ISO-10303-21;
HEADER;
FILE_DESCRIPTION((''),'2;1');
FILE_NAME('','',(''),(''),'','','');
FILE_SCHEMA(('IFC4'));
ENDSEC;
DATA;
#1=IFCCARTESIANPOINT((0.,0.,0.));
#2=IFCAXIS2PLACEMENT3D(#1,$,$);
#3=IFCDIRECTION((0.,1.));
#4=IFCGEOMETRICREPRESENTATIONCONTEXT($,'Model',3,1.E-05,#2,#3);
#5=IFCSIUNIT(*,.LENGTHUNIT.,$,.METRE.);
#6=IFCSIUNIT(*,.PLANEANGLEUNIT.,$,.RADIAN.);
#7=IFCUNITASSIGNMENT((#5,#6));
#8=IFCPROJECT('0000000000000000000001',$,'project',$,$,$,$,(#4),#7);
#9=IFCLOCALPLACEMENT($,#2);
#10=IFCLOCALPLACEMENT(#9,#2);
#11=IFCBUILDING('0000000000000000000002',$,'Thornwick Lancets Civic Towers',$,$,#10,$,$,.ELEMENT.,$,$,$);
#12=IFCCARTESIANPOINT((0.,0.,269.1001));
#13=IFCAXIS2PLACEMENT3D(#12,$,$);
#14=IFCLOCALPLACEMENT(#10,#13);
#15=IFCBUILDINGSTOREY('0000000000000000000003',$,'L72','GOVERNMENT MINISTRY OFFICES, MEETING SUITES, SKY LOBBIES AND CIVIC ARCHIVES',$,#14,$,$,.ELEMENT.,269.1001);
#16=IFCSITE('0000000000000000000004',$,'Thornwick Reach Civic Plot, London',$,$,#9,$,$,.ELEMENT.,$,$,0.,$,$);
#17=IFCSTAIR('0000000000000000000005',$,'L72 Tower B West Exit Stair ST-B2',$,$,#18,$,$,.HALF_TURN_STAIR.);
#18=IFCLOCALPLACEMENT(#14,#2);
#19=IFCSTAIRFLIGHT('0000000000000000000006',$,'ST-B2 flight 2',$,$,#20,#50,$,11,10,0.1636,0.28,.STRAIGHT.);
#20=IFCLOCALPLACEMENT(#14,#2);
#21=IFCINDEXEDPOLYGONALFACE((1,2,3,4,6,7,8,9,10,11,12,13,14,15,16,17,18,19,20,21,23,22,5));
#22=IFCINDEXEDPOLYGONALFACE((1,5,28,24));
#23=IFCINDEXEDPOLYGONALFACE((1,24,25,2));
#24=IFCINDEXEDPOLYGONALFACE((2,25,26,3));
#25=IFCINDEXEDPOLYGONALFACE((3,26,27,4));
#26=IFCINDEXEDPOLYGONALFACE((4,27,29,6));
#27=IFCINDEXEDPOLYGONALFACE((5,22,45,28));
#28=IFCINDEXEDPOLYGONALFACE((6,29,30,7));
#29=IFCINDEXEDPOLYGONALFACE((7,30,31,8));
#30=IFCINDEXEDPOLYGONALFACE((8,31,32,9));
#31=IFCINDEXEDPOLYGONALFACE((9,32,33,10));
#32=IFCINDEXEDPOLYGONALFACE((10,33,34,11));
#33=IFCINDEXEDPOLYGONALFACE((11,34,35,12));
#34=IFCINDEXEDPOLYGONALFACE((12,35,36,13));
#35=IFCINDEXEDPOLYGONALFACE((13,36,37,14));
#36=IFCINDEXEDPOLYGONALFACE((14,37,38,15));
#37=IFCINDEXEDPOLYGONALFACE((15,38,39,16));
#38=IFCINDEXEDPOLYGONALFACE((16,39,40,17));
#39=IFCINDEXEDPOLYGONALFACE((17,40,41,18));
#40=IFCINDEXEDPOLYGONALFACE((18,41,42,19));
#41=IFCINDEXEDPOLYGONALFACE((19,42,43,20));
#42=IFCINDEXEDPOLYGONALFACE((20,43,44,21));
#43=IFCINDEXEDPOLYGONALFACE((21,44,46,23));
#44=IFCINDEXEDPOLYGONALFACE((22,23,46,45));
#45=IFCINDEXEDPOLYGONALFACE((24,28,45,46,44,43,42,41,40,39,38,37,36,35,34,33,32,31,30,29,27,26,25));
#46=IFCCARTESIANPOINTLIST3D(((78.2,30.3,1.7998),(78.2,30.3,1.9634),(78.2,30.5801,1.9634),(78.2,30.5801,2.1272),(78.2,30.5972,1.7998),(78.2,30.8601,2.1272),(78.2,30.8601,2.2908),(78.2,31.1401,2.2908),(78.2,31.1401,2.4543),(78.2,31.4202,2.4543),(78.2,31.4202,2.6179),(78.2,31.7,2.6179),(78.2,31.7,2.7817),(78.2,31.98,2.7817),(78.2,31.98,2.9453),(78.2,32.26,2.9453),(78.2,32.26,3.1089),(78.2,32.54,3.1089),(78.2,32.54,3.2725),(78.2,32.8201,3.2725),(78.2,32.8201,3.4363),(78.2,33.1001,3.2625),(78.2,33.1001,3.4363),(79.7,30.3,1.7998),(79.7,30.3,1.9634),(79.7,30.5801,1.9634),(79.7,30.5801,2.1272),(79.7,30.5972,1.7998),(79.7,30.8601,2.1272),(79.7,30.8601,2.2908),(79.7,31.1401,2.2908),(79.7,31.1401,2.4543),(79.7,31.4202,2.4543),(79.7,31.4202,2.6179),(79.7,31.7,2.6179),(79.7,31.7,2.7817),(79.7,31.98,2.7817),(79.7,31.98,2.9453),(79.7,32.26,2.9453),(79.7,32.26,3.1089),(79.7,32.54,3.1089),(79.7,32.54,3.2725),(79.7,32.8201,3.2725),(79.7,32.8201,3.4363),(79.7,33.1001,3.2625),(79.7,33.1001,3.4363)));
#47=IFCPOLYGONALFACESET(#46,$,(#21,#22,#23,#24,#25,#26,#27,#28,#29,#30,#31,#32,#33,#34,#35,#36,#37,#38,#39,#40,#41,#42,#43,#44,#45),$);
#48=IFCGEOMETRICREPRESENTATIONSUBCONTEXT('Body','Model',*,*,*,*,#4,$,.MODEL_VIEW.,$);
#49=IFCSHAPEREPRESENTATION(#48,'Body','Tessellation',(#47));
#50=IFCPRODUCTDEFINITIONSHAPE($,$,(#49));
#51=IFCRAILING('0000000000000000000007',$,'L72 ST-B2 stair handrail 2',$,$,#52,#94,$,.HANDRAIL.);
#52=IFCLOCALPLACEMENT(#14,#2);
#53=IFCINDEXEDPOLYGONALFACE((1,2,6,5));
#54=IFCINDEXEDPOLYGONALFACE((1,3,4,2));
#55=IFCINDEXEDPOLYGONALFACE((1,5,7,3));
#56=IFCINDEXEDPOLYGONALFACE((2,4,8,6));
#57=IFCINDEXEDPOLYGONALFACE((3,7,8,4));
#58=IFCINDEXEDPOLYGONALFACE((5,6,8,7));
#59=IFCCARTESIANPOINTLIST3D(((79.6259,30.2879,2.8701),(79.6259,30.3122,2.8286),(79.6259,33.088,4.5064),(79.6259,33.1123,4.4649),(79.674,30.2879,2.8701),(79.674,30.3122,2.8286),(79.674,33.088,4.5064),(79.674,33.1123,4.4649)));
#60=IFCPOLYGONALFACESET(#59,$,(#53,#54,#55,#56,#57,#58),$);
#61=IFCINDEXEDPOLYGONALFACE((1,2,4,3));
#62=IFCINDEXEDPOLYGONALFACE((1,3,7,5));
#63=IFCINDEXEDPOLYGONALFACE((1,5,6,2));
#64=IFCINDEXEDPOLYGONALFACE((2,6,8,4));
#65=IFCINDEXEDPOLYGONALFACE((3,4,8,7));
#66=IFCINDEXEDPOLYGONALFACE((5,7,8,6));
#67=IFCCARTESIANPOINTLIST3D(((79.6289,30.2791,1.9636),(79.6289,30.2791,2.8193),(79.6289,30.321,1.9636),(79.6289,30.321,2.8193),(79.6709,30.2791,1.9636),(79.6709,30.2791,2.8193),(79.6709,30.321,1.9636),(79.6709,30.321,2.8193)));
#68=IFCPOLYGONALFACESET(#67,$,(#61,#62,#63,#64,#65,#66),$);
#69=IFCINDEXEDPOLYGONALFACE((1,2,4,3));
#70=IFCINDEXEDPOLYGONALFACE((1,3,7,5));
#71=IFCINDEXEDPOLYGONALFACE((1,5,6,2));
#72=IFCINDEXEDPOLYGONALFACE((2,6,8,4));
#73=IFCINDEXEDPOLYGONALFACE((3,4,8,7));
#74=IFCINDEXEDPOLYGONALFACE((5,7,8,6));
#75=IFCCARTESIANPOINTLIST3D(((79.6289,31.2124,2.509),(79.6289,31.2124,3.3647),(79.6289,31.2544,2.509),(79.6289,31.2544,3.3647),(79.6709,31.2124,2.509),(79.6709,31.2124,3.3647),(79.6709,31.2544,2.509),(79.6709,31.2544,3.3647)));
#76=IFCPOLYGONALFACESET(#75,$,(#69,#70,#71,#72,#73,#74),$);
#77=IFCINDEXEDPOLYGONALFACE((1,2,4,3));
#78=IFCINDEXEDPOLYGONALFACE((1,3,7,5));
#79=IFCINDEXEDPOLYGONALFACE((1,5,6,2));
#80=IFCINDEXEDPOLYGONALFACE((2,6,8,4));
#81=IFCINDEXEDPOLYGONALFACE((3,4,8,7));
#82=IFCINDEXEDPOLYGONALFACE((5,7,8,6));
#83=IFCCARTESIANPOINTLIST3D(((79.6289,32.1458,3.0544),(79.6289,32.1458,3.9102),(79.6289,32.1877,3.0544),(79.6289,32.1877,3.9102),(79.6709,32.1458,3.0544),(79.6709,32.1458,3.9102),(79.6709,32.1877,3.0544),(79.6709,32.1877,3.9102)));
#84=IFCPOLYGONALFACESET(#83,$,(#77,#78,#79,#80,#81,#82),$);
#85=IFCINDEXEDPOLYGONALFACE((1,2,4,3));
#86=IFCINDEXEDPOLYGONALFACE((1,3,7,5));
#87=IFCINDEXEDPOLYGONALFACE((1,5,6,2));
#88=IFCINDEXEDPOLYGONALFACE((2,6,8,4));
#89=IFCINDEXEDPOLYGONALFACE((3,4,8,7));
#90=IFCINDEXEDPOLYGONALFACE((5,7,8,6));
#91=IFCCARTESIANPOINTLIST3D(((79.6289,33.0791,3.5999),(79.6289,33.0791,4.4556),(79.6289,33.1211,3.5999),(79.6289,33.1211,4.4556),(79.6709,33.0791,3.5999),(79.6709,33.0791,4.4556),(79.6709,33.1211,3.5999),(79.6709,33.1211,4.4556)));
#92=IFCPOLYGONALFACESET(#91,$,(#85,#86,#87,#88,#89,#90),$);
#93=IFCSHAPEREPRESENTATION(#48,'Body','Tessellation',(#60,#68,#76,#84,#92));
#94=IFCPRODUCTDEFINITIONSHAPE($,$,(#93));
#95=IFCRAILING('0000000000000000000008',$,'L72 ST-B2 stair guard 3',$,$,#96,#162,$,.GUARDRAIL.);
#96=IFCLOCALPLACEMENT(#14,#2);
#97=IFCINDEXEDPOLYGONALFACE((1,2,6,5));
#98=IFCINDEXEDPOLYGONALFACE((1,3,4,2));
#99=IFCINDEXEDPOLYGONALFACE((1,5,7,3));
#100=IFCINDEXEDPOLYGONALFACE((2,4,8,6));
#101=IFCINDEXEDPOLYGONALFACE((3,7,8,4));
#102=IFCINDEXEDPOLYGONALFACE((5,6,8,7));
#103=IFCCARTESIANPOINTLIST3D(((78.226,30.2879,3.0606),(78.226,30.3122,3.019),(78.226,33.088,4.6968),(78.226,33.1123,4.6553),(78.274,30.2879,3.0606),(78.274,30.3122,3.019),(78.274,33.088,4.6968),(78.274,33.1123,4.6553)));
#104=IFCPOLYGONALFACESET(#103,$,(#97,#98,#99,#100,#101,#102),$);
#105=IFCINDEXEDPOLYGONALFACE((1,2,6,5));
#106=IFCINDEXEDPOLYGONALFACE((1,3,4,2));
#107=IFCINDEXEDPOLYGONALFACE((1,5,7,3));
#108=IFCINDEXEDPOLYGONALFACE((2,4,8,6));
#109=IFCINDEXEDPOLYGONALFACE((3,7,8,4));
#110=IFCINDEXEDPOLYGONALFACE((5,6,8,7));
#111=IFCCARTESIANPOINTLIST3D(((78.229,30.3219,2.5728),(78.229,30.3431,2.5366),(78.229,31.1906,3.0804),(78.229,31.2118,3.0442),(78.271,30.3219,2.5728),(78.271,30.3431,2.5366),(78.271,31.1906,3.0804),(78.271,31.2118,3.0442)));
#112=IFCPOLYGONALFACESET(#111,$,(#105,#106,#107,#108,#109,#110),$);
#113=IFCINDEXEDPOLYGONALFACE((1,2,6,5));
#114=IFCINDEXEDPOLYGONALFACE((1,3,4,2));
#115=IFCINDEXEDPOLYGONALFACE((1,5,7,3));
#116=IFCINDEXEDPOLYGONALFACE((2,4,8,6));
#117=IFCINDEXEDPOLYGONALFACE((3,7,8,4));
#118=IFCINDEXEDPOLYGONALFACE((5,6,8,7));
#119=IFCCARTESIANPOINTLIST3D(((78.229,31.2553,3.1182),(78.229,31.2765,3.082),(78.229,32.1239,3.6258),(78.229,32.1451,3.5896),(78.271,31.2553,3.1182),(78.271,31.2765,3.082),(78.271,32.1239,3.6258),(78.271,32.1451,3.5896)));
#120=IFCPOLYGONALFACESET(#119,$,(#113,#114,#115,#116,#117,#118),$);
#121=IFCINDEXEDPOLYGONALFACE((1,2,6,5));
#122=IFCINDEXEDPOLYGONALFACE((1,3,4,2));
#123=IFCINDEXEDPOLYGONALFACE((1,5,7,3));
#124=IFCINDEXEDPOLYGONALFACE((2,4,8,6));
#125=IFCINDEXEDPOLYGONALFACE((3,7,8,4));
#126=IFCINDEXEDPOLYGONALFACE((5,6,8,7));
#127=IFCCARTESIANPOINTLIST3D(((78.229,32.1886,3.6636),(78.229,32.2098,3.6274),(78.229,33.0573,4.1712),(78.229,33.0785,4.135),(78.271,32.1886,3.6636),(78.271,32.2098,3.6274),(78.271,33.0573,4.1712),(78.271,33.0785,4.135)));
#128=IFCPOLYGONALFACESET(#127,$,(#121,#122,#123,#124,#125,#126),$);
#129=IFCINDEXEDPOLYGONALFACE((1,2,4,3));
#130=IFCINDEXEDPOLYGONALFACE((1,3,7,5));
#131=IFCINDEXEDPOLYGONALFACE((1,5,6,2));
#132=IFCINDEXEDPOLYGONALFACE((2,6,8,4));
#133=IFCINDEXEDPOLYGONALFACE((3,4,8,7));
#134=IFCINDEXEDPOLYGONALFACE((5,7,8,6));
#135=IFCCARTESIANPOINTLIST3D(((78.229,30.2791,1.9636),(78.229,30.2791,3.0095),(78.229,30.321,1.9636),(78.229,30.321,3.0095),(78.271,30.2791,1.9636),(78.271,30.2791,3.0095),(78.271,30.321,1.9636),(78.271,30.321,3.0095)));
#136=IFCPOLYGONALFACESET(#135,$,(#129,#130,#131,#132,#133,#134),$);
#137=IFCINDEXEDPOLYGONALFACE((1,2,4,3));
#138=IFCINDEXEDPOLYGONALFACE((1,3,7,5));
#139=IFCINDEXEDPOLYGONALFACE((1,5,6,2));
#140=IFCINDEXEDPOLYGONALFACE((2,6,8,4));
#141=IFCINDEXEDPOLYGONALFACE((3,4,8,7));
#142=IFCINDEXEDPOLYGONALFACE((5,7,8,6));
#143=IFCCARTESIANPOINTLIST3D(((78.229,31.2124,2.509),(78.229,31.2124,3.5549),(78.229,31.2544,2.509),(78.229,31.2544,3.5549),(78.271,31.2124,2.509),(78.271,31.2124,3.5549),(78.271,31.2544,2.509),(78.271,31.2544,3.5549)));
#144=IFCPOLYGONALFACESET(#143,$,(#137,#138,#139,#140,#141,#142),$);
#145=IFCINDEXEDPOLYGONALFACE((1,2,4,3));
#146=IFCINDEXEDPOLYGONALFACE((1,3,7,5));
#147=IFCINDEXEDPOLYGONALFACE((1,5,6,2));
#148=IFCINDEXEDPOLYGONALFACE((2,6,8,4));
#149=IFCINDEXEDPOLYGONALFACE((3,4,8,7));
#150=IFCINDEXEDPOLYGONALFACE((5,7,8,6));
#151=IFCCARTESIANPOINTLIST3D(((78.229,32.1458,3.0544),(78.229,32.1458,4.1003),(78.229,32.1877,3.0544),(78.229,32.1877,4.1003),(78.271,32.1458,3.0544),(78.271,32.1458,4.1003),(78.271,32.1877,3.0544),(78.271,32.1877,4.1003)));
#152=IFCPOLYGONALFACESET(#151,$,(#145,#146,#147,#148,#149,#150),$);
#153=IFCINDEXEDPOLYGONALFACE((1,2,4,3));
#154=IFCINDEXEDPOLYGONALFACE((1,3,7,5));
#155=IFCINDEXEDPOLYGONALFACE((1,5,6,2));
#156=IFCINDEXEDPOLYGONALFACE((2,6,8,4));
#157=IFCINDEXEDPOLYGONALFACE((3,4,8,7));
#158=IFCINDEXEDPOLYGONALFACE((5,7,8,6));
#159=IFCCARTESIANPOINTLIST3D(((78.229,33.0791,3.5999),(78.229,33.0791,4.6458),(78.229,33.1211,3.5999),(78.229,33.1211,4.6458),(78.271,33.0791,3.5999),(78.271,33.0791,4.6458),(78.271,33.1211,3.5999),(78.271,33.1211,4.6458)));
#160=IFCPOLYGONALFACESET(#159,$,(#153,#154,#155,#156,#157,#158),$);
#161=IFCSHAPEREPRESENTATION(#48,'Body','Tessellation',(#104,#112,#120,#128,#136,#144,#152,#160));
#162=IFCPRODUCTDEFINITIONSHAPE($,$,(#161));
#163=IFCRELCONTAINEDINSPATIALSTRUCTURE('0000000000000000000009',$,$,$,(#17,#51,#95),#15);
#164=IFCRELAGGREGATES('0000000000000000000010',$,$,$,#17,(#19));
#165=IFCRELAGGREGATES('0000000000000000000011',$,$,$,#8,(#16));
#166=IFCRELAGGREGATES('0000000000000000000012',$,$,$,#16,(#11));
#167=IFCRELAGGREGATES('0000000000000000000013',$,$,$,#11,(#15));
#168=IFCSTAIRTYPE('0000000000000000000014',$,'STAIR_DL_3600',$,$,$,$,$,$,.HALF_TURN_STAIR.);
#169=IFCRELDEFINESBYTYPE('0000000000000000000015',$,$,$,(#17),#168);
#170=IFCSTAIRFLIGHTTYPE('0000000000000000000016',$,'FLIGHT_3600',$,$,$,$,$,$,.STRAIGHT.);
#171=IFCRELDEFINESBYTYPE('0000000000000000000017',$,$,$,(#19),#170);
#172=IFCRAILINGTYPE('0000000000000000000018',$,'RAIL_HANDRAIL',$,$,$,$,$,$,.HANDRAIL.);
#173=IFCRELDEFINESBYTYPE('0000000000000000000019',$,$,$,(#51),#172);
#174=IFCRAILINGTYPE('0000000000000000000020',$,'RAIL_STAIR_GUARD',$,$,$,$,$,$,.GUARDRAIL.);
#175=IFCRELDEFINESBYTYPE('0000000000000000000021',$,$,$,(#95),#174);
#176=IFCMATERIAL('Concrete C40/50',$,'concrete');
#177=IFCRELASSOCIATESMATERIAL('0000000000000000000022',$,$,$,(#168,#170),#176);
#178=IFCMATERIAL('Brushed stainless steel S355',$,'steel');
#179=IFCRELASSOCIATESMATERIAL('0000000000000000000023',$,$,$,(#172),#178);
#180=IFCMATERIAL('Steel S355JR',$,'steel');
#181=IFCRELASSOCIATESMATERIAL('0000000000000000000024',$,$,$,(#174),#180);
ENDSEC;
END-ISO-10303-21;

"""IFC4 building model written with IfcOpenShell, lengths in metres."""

from ifc_helpers import new_model, si_unit, direction, frame, origin, origin_2d, place, context, subcontext, project, spatial, polyline, rectangle, outline, extrude, material, type_object, element, aggregate, save


model = new_model("IFC4")

# Units and contexts
model_context = context("Model", 3, precision=1e-05, world=origin(), true_north=direction((0.0, 1.0)))
body_context = subcontext(model_context, "Body", "Model", "MODEL_VIEW")
ifc_project = project(units=[si_unit("LENGTHUNIT", "METRE"), si_unit("PLANEANGLEUNIT", "RADIAN")], contexts=[model_context])

# Site, building, storey
site_placement = place(None, origin())
site = spatial("IfcSite", under=ifc_project, at=site_placement, Name="Thornwick Reach Civic Plot, London", CompositionType="ELEMENT", RefElevation=0.0)
building_placement = place(site_placement, origin())
building = spatial("IfcBuilding", under=site, at=building_placement, Name="Thornwick Lancets Civic Towers", CompositionType="ELEMENT")
storey_placement = place(building_placement, frame((0.0, 0.0, 269.1001)))
storey = spatial("IfcBuildingStorey", under=building, at=storey_placement, Name="L72", Description="GOVERNMENT MINISTRY OFFICES, MEETING SUITES, SKY LOBBIES AND CIVIC ARCHIVES", CompositionType="ELEMENT", Elevation=269.1001)

# Shared definitions
ifc_material_1 = material(Name="Steel S355JR", Category="steel")

# Shared definitions
ifc_material_2 = material(Name="Concrete C40/50", Category="concrete")

# Stair, stair flight
stair_type = type_object("IfcStairType", Name="STAIR_DL_3600", PredefinedType="HALF_TURN_STAIR", material=ifc_material_2)
stair_placement = place(storey_placement, origin())
stair = element("IfcStair", 1, at=stair_placement, inside=storey, type_object=stair_type, Name="L72 Tower B West Exit Stair ST-B2", PredefinedType="HALF_TURN_STAIR")
stair_flight_type = type_object("IfcStairFlightType", Name="FLIGHT_3600", PredefinedType="STRAIGHT", material=ifc_material_2)
stair_flight_placement = place(storey_placement, frame((78.95, 30.3, 1.7998), z_axis=(0.0, 0.0, 1.0), x_axis=(0.0, 1.0, 0.0)))
stair_flight = element("IfcStairFlight", 2, at=stair_flight_placement, type_object=stair_flight_type, Name="ST-B2 flight 2", NumberOfRisers=11, NumberOfTreads=10, PredefinedType="STRAIGHT", RiserHeight=0.1636, TreadLength=0.28, context=body_context, shape_type="SweptSolid", body=[
    extrude(outline(polyline([(0.0, 0.0), (0.0, 0.1636), (0.28, 0.1636), (0.28, 0.3274), (0.5601, 0.3274), (0.5601, 0.491), (0.8401, 0.491), (0.8401, 0.6545), (1.1201, 0.6545), (1.1201, 0.8181), (1.3999, 0.8181), (1.3999, 0.9819), (1.6799, 0.9819), (1.6799, 1.1455), (1.96, 1.1455), (1.96, 1.3091), (2.24, 1.3091), (2.24, 1.4727), (2.52, 1.4727), (2.52, 1.6365), (2.8, 1.6365), (2.8, 1.8), (2.8, 1.4626), (0.2971, 0.0), (0.0, 0.0)])), frame((0.0, 0.75, 0.0), z_axis=(0.0, -1.0, 0.0), x_axis=(1.0, 0.0, 0.0)), (0.0, 0.0, 1.0), 1.5),
])
aggregate(stair, [stair_flight])

# Railings
ifc_material_3 = material(Name="Brushed stainless steel S355", Category="steel")
railing_type_1 = type_object("IfcRailingType", Name="RAIL_HANDRAIL", PredefinedType="HANDRAIL", material=ifc_material_3)
railing_1_placement = place(storey_placement, frame((79.6499, 30.3, 1.9636)))
element("IfcRailing", 3, at=railing_1_placement, inside=storey, type_object=railing_type_1, Name="L72 ST-B2 stair handrail 2", PredefinedType="HANDRAIL", context=body_context, shape_type="SweptSolid", body=[
    extrude(rectangle(XDim=0.0481, YDim=0.0481, at=origin_2d()), frame((0.0, 0.0, 0.8857), z_axis=(0.0, 0.863394, 0.504531), x_axis=(-1.0, 0.0, 0.0)), (0.0, 0.0, 1.0), 3.2432),
    extrude(rectangle(XDim=0.042, YDim=0.042, at=origin_2d()), origin(), (0.0, 0.0, 1.0), 0.8557),
    extrude(rectangle(XDim=0.042, YDim=0.042, at=origin_2d()), frame((0.0, 0.9333, 0.5454)), (0.0, 0.0, 1.0), 0.8557),
    extrude(rectangle(XDim=0.042, YDim=0.042, at=origin_2d()), frame((0.0, 1.8667, 1.0908)), (0.0, 0.0, 1.0), 0.8557),
    extrude(rectangle(XDim=0.042, YDim=0.042, at=origin_2d()), frame((0.0, 2.8, 1.6362)), (0.0, 0.0, 1.0), 0.8557),
])
railing_type_2 = type_object("IfcRailingType", Name="RAIL_STAIR_GUARD", PredefinedType="GUARDRAIL", material=ifc_material_1)
railing_2_placement = place(storey_placement, frame((78.25, 30.3, 1.9636)))
element("IfcRailing", 4, at=railing_2_placement, inside=storey, type_object=railing_type_2, Name="L72 ST-B2 stair guard 3", PredefinedType="GUARDRAIL", context=body_context, shape_type="SweptSolid", body=[
    extrude(rectangle(XDim=0.0481, YDim=0.0481, at=origin_2d()), frame((0.0, 0.0, 1.0762), z_axis=(0.0, 0.863394, 0.504531), x_axis=(-1.0, 0.0, 0.0)), (0.0, 0.0, 1.0), 3.2432),
    extrude(rectangle(XDim=0.042, YDim=0.042, at=origin_2d()), frame((0.0, 0.0325, 0.5911), z_axis=(0.0, 0.863394, 0.504531), x_axis=(-1.0, 0.0, 0.0)), (0.0, 0.0, 1.0), 1.0061),
    extrude(rectangle(XDim=0.042, YDim=0.042, at=origin_2d()), frame((0.0, 0.9658, 1.1365), z_axis=(0.0, 0.863394, 0.504531), x_axis=(-1.0, 0.0, 0.0)), (0.0, 0.0, 1.0), 1.0061),
    extrude(rectangle(XDim=0.042, YDim=0.042, at=origin_2d()), frame((0.0, 1.8992, 1.6819), z_axis=(0.0, 0.863394, 0.504531), x_axis=(-1.0, 0.0, 0.0)), (0.0, 0.0, 1.0), 1.0061),
    extrude(rectangle(XDim=0.042, YDim=0.042, at=origin_2d()), origin(), (0.0, 0.0, 1.0), 1.0459),
    extrude(rectangle(XDim=0.042, YDim=0.042, at=origin_2d()), frame((0.0, 0.9333, 0.5454)), (0.0, 0.0, 1.0), 1.0459),
    extrude(rectangle(XDim=0.042, YDim=0.042, at=origin_2d()), frame((0.0, 1.8667, 1.0908)), (0.0, 0.0, 1.0), 1.0459),
    extrude(rectangle(XDim=0.042, YDim=0.042, at=origin_2d()), frame((0.0, 2.8, 1.6362)), (0.0, 0.0, 1.0), 1.0459),
])

save(model, "model.ifc")
